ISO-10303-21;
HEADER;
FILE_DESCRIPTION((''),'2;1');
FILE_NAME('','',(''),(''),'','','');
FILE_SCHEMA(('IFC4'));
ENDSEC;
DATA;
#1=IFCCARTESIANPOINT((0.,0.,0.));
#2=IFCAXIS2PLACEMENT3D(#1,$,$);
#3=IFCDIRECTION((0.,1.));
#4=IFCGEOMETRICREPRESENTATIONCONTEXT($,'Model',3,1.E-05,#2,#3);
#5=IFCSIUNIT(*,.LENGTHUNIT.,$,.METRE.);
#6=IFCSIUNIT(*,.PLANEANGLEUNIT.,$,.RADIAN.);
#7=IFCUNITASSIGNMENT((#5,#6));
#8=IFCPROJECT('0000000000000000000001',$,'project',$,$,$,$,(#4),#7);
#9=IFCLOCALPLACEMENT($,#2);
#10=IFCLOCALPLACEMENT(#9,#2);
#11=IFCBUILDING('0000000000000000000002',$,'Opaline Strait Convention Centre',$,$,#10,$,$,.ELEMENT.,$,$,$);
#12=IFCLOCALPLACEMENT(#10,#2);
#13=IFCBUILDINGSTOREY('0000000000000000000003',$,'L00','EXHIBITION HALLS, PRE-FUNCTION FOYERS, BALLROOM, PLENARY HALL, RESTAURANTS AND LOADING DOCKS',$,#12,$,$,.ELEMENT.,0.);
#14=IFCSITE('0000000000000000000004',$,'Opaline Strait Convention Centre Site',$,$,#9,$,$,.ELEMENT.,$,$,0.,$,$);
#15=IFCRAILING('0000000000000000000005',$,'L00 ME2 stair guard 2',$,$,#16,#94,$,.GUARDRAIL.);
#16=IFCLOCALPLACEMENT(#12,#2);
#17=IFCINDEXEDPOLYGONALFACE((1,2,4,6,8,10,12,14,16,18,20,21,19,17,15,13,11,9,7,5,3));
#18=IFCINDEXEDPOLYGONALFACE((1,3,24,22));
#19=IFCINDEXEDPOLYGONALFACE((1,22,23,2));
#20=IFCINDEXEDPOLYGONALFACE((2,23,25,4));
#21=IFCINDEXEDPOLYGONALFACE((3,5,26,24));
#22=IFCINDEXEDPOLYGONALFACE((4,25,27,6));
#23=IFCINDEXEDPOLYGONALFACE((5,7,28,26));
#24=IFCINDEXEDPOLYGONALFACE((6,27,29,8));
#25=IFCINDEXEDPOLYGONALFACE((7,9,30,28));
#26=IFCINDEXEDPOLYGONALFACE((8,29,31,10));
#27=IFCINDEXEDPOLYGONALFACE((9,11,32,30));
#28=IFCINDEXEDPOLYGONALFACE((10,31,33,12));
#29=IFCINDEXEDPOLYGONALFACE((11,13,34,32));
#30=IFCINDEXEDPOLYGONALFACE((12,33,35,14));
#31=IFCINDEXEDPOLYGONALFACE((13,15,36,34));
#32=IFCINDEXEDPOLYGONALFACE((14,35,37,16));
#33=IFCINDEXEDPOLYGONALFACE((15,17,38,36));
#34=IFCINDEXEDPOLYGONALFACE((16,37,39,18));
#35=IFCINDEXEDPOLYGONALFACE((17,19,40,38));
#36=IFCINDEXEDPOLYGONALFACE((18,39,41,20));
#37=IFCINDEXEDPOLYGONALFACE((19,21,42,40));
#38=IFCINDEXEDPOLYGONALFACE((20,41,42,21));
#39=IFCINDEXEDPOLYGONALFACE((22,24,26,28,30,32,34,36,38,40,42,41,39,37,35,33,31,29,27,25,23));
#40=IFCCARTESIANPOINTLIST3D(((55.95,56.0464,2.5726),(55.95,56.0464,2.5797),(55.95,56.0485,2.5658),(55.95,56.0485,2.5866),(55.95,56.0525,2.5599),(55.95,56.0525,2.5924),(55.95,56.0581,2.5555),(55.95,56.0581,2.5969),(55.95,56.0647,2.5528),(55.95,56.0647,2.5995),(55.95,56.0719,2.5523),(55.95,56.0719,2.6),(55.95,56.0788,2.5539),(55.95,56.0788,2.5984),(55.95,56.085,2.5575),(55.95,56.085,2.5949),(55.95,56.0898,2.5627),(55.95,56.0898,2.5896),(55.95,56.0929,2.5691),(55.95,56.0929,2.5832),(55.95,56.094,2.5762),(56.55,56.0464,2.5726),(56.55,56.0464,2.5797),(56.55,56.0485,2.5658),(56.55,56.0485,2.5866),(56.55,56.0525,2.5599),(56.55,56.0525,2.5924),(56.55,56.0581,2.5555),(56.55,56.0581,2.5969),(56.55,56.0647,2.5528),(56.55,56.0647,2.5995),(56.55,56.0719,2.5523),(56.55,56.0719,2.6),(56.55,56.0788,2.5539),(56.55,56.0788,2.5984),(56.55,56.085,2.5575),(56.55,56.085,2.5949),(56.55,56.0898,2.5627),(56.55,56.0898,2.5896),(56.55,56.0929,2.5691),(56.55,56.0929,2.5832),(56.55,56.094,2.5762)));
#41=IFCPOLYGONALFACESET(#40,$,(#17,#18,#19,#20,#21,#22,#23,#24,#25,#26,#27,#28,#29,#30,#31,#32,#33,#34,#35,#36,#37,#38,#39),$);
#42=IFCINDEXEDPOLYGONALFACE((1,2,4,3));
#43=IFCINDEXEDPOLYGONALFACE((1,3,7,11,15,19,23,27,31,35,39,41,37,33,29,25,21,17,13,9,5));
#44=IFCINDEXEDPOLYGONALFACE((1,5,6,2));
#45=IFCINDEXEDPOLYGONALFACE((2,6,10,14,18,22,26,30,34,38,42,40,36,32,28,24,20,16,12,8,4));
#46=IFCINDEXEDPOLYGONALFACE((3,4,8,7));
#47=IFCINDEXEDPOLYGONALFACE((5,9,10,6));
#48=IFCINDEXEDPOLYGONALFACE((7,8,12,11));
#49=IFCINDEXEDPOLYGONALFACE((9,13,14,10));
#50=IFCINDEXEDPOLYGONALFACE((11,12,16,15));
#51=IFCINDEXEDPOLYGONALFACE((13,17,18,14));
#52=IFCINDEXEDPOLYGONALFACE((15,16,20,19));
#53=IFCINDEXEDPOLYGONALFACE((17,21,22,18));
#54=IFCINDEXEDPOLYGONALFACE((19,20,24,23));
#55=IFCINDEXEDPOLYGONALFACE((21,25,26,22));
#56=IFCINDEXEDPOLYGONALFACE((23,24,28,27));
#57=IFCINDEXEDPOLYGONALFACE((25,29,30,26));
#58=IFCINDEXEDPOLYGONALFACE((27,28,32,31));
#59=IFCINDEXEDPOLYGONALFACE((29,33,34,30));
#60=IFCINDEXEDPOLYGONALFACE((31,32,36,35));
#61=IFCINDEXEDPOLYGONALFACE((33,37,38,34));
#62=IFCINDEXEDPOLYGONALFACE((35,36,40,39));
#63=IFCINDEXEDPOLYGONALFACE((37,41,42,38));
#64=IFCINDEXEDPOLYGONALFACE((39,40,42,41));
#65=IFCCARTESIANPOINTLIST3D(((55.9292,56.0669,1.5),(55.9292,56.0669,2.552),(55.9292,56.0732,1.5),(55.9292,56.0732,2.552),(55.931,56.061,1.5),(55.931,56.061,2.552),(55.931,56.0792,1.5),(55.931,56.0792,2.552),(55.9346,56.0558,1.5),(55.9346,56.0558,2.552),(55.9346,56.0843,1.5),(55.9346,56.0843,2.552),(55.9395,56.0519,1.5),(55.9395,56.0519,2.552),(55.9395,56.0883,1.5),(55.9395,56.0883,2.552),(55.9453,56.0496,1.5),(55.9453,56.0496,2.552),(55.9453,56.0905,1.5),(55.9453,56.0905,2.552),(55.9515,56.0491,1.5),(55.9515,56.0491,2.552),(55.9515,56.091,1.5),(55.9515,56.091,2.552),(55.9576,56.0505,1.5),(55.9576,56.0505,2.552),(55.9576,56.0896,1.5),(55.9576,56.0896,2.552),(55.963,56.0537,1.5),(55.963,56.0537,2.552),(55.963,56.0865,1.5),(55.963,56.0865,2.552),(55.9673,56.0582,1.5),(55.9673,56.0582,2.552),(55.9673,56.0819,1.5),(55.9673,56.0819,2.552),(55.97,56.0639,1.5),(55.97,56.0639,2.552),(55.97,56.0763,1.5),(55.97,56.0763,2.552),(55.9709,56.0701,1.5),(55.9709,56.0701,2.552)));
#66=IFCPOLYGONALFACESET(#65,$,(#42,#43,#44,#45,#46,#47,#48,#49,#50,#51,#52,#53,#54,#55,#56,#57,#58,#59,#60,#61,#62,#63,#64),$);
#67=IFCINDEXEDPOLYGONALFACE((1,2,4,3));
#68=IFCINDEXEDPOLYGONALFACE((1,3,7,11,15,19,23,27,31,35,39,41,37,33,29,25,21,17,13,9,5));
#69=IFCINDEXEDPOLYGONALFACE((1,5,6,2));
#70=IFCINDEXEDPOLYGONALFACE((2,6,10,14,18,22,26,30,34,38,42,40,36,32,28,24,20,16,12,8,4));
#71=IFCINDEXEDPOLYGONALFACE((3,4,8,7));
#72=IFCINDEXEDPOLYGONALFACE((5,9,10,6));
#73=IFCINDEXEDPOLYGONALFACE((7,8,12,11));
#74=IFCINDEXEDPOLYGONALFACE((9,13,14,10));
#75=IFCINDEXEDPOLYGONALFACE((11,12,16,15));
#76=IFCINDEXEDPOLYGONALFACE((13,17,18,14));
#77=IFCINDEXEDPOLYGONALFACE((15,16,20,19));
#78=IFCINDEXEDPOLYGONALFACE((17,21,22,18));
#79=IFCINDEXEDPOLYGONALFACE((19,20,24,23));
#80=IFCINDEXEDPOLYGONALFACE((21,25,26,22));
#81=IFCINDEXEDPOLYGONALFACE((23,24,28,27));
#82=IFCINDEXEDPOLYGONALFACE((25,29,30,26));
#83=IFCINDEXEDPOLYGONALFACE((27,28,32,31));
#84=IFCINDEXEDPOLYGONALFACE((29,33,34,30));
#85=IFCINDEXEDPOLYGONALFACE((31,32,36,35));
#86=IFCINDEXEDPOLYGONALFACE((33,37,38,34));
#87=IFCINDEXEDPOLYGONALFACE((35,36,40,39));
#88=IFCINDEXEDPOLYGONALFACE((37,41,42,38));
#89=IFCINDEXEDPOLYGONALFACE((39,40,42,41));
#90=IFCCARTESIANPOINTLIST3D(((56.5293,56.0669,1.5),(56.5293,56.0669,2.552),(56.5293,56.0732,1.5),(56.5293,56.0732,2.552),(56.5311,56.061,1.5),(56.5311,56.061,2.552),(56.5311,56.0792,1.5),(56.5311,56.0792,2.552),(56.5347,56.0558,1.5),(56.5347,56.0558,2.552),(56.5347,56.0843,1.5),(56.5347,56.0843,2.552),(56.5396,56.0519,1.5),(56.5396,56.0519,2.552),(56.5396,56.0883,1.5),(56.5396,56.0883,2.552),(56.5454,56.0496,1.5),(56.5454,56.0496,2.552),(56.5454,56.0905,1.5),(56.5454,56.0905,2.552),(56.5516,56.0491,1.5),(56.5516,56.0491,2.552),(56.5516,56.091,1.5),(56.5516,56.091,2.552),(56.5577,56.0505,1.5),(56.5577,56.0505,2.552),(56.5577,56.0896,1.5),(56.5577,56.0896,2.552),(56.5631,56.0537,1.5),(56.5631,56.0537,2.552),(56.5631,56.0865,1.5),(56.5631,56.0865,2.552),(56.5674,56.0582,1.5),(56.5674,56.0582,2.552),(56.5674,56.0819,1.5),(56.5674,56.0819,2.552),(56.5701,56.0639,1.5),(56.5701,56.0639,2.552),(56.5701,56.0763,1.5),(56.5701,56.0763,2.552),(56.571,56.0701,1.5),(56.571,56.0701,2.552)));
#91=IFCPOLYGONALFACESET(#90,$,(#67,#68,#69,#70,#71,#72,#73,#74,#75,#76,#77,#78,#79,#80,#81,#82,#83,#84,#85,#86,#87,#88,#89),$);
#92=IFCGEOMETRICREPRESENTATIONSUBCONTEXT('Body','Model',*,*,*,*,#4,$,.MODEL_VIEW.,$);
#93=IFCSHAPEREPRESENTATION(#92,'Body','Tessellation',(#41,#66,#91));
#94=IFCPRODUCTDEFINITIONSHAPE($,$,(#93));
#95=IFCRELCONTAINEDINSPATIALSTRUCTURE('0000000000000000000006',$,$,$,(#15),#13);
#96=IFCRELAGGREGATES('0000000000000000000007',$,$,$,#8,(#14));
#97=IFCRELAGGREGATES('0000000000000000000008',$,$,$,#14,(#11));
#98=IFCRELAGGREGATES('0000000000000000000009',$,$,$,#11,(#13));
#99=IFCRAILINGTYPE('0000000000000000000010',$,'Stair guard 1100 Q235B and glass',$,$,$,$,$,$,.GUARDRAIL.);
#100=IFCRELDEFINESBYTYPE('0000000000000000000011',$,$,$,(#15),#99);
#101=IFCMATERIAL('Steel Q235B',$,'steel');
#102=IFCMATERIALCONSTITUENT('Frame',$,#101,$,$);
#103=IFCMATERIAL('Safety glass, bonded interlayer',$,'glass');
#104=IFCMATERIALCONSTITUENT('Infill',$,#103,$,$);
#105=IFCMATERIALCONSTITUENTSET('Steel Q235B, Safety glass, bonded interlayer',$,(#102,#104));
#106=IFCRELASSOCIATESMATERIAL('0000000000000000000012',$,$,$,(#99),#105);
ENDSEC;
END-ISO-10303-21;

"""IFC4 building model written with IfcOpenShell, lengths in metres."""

from ifc_helpers import new_model, si_unit, direction, frame, origin, origin_2d, place, context, subcontext, project, spatial, circle, extrude, material, constituent, constituent_set, type_object, element, save


model = new_model("IFC4")

# Units and contexts
model_context = context("Model", 3, precision=1e-05, world=origin(), true_north=direction((0.0, 1.0)))
body_context = subcontext(model_context, "Body", "Model", "MODEL_VIEW")
ifc_project = project(units=[si_unit("LENGTHUNIT", "METRE"), si_unit("PLANEANGLEUNIT", "RADIAN")], contexts=[model_context])

# Site, building, storey
site_placement = place(None, origin())
site = spatial("IfcSite", under=ifc_project, at=site_placement, Name="Opaline Strait Convention Centre Site", CompositionType="ELEMENT", RefElevation=0.0)
building_placement = place(site_placement, origin())
building = spatial("IfcBuilding", under=site, at=building_placement, Name="Opaline Strait Convention Centre", CompositionType="ELEMENT")
storey_placement = place(building_placement, origin())
storey = spatial("IfcBuildingStorey", under=building, at=storey_placement, Name="L00", Description="EXHIBITION HALLS, PRE-FUNCTION FOYERS, BALLROOM, PLENARY HALL, RESTAURANTS AND LOADING DOCKS", CompositionType="ELEMENT", Elevation=0.0)

# Railing
ifc_material_1 = material(Name="Steel Q235B", Category="steel")
ifc_constituent_1 = constituent(ifc_material_1, Name="Frame")
ifc_material_2 = material(Name="Safety glass, bonded interlayer", Category="glass")
ifc_constituent_2 = constituent(ifc_material_2, Name="Infill")
ifc_constituent_set = constituent_set(constituents=[ifc_constituent_1, ifc_constituent_2], Name="Steel Q235B, Safety glass, bonded interlayer")
railing_type_1 = type_object("IfcRailingType", Name="Stair guard 1100 Q235B and glass", PredefinedType="GUARDRAIL", material=ifc_constituent_set)
railing_1_placement = place(storey_placement, frame((55.95, 56.0701, 1.5)))
element("IfcRailing", 1, at=railing_1_placement, inside=storey, type_object=railing_type_1, Name="L00 ME2 stair guard 2", PredefinedType="GUARDRAIL", context=body_context, shape_type="SweptSolid", body=[
    extrude(circle(Radius=0.0239, at=origin_2d()), frame((0.0, 0.0, 1.0762), z_axis=(1.0, 0.0, 0.0), x_axis=(0.0, 1.0, 0.0)), (0.0, 0.0, 1.0), 0.6001),
    extrude(circle(Radius=0.021, at=origin_2d()), origin(), (0.0, 0.0, 1.0), 1.052),
    extrude(circle(Radius=0.021, at=origin_2d()), frame((0.6001, 0.0, 0.0)), (0.0, 0.0, 1.0), 1.052),
])

save(model, "model.ifc")
